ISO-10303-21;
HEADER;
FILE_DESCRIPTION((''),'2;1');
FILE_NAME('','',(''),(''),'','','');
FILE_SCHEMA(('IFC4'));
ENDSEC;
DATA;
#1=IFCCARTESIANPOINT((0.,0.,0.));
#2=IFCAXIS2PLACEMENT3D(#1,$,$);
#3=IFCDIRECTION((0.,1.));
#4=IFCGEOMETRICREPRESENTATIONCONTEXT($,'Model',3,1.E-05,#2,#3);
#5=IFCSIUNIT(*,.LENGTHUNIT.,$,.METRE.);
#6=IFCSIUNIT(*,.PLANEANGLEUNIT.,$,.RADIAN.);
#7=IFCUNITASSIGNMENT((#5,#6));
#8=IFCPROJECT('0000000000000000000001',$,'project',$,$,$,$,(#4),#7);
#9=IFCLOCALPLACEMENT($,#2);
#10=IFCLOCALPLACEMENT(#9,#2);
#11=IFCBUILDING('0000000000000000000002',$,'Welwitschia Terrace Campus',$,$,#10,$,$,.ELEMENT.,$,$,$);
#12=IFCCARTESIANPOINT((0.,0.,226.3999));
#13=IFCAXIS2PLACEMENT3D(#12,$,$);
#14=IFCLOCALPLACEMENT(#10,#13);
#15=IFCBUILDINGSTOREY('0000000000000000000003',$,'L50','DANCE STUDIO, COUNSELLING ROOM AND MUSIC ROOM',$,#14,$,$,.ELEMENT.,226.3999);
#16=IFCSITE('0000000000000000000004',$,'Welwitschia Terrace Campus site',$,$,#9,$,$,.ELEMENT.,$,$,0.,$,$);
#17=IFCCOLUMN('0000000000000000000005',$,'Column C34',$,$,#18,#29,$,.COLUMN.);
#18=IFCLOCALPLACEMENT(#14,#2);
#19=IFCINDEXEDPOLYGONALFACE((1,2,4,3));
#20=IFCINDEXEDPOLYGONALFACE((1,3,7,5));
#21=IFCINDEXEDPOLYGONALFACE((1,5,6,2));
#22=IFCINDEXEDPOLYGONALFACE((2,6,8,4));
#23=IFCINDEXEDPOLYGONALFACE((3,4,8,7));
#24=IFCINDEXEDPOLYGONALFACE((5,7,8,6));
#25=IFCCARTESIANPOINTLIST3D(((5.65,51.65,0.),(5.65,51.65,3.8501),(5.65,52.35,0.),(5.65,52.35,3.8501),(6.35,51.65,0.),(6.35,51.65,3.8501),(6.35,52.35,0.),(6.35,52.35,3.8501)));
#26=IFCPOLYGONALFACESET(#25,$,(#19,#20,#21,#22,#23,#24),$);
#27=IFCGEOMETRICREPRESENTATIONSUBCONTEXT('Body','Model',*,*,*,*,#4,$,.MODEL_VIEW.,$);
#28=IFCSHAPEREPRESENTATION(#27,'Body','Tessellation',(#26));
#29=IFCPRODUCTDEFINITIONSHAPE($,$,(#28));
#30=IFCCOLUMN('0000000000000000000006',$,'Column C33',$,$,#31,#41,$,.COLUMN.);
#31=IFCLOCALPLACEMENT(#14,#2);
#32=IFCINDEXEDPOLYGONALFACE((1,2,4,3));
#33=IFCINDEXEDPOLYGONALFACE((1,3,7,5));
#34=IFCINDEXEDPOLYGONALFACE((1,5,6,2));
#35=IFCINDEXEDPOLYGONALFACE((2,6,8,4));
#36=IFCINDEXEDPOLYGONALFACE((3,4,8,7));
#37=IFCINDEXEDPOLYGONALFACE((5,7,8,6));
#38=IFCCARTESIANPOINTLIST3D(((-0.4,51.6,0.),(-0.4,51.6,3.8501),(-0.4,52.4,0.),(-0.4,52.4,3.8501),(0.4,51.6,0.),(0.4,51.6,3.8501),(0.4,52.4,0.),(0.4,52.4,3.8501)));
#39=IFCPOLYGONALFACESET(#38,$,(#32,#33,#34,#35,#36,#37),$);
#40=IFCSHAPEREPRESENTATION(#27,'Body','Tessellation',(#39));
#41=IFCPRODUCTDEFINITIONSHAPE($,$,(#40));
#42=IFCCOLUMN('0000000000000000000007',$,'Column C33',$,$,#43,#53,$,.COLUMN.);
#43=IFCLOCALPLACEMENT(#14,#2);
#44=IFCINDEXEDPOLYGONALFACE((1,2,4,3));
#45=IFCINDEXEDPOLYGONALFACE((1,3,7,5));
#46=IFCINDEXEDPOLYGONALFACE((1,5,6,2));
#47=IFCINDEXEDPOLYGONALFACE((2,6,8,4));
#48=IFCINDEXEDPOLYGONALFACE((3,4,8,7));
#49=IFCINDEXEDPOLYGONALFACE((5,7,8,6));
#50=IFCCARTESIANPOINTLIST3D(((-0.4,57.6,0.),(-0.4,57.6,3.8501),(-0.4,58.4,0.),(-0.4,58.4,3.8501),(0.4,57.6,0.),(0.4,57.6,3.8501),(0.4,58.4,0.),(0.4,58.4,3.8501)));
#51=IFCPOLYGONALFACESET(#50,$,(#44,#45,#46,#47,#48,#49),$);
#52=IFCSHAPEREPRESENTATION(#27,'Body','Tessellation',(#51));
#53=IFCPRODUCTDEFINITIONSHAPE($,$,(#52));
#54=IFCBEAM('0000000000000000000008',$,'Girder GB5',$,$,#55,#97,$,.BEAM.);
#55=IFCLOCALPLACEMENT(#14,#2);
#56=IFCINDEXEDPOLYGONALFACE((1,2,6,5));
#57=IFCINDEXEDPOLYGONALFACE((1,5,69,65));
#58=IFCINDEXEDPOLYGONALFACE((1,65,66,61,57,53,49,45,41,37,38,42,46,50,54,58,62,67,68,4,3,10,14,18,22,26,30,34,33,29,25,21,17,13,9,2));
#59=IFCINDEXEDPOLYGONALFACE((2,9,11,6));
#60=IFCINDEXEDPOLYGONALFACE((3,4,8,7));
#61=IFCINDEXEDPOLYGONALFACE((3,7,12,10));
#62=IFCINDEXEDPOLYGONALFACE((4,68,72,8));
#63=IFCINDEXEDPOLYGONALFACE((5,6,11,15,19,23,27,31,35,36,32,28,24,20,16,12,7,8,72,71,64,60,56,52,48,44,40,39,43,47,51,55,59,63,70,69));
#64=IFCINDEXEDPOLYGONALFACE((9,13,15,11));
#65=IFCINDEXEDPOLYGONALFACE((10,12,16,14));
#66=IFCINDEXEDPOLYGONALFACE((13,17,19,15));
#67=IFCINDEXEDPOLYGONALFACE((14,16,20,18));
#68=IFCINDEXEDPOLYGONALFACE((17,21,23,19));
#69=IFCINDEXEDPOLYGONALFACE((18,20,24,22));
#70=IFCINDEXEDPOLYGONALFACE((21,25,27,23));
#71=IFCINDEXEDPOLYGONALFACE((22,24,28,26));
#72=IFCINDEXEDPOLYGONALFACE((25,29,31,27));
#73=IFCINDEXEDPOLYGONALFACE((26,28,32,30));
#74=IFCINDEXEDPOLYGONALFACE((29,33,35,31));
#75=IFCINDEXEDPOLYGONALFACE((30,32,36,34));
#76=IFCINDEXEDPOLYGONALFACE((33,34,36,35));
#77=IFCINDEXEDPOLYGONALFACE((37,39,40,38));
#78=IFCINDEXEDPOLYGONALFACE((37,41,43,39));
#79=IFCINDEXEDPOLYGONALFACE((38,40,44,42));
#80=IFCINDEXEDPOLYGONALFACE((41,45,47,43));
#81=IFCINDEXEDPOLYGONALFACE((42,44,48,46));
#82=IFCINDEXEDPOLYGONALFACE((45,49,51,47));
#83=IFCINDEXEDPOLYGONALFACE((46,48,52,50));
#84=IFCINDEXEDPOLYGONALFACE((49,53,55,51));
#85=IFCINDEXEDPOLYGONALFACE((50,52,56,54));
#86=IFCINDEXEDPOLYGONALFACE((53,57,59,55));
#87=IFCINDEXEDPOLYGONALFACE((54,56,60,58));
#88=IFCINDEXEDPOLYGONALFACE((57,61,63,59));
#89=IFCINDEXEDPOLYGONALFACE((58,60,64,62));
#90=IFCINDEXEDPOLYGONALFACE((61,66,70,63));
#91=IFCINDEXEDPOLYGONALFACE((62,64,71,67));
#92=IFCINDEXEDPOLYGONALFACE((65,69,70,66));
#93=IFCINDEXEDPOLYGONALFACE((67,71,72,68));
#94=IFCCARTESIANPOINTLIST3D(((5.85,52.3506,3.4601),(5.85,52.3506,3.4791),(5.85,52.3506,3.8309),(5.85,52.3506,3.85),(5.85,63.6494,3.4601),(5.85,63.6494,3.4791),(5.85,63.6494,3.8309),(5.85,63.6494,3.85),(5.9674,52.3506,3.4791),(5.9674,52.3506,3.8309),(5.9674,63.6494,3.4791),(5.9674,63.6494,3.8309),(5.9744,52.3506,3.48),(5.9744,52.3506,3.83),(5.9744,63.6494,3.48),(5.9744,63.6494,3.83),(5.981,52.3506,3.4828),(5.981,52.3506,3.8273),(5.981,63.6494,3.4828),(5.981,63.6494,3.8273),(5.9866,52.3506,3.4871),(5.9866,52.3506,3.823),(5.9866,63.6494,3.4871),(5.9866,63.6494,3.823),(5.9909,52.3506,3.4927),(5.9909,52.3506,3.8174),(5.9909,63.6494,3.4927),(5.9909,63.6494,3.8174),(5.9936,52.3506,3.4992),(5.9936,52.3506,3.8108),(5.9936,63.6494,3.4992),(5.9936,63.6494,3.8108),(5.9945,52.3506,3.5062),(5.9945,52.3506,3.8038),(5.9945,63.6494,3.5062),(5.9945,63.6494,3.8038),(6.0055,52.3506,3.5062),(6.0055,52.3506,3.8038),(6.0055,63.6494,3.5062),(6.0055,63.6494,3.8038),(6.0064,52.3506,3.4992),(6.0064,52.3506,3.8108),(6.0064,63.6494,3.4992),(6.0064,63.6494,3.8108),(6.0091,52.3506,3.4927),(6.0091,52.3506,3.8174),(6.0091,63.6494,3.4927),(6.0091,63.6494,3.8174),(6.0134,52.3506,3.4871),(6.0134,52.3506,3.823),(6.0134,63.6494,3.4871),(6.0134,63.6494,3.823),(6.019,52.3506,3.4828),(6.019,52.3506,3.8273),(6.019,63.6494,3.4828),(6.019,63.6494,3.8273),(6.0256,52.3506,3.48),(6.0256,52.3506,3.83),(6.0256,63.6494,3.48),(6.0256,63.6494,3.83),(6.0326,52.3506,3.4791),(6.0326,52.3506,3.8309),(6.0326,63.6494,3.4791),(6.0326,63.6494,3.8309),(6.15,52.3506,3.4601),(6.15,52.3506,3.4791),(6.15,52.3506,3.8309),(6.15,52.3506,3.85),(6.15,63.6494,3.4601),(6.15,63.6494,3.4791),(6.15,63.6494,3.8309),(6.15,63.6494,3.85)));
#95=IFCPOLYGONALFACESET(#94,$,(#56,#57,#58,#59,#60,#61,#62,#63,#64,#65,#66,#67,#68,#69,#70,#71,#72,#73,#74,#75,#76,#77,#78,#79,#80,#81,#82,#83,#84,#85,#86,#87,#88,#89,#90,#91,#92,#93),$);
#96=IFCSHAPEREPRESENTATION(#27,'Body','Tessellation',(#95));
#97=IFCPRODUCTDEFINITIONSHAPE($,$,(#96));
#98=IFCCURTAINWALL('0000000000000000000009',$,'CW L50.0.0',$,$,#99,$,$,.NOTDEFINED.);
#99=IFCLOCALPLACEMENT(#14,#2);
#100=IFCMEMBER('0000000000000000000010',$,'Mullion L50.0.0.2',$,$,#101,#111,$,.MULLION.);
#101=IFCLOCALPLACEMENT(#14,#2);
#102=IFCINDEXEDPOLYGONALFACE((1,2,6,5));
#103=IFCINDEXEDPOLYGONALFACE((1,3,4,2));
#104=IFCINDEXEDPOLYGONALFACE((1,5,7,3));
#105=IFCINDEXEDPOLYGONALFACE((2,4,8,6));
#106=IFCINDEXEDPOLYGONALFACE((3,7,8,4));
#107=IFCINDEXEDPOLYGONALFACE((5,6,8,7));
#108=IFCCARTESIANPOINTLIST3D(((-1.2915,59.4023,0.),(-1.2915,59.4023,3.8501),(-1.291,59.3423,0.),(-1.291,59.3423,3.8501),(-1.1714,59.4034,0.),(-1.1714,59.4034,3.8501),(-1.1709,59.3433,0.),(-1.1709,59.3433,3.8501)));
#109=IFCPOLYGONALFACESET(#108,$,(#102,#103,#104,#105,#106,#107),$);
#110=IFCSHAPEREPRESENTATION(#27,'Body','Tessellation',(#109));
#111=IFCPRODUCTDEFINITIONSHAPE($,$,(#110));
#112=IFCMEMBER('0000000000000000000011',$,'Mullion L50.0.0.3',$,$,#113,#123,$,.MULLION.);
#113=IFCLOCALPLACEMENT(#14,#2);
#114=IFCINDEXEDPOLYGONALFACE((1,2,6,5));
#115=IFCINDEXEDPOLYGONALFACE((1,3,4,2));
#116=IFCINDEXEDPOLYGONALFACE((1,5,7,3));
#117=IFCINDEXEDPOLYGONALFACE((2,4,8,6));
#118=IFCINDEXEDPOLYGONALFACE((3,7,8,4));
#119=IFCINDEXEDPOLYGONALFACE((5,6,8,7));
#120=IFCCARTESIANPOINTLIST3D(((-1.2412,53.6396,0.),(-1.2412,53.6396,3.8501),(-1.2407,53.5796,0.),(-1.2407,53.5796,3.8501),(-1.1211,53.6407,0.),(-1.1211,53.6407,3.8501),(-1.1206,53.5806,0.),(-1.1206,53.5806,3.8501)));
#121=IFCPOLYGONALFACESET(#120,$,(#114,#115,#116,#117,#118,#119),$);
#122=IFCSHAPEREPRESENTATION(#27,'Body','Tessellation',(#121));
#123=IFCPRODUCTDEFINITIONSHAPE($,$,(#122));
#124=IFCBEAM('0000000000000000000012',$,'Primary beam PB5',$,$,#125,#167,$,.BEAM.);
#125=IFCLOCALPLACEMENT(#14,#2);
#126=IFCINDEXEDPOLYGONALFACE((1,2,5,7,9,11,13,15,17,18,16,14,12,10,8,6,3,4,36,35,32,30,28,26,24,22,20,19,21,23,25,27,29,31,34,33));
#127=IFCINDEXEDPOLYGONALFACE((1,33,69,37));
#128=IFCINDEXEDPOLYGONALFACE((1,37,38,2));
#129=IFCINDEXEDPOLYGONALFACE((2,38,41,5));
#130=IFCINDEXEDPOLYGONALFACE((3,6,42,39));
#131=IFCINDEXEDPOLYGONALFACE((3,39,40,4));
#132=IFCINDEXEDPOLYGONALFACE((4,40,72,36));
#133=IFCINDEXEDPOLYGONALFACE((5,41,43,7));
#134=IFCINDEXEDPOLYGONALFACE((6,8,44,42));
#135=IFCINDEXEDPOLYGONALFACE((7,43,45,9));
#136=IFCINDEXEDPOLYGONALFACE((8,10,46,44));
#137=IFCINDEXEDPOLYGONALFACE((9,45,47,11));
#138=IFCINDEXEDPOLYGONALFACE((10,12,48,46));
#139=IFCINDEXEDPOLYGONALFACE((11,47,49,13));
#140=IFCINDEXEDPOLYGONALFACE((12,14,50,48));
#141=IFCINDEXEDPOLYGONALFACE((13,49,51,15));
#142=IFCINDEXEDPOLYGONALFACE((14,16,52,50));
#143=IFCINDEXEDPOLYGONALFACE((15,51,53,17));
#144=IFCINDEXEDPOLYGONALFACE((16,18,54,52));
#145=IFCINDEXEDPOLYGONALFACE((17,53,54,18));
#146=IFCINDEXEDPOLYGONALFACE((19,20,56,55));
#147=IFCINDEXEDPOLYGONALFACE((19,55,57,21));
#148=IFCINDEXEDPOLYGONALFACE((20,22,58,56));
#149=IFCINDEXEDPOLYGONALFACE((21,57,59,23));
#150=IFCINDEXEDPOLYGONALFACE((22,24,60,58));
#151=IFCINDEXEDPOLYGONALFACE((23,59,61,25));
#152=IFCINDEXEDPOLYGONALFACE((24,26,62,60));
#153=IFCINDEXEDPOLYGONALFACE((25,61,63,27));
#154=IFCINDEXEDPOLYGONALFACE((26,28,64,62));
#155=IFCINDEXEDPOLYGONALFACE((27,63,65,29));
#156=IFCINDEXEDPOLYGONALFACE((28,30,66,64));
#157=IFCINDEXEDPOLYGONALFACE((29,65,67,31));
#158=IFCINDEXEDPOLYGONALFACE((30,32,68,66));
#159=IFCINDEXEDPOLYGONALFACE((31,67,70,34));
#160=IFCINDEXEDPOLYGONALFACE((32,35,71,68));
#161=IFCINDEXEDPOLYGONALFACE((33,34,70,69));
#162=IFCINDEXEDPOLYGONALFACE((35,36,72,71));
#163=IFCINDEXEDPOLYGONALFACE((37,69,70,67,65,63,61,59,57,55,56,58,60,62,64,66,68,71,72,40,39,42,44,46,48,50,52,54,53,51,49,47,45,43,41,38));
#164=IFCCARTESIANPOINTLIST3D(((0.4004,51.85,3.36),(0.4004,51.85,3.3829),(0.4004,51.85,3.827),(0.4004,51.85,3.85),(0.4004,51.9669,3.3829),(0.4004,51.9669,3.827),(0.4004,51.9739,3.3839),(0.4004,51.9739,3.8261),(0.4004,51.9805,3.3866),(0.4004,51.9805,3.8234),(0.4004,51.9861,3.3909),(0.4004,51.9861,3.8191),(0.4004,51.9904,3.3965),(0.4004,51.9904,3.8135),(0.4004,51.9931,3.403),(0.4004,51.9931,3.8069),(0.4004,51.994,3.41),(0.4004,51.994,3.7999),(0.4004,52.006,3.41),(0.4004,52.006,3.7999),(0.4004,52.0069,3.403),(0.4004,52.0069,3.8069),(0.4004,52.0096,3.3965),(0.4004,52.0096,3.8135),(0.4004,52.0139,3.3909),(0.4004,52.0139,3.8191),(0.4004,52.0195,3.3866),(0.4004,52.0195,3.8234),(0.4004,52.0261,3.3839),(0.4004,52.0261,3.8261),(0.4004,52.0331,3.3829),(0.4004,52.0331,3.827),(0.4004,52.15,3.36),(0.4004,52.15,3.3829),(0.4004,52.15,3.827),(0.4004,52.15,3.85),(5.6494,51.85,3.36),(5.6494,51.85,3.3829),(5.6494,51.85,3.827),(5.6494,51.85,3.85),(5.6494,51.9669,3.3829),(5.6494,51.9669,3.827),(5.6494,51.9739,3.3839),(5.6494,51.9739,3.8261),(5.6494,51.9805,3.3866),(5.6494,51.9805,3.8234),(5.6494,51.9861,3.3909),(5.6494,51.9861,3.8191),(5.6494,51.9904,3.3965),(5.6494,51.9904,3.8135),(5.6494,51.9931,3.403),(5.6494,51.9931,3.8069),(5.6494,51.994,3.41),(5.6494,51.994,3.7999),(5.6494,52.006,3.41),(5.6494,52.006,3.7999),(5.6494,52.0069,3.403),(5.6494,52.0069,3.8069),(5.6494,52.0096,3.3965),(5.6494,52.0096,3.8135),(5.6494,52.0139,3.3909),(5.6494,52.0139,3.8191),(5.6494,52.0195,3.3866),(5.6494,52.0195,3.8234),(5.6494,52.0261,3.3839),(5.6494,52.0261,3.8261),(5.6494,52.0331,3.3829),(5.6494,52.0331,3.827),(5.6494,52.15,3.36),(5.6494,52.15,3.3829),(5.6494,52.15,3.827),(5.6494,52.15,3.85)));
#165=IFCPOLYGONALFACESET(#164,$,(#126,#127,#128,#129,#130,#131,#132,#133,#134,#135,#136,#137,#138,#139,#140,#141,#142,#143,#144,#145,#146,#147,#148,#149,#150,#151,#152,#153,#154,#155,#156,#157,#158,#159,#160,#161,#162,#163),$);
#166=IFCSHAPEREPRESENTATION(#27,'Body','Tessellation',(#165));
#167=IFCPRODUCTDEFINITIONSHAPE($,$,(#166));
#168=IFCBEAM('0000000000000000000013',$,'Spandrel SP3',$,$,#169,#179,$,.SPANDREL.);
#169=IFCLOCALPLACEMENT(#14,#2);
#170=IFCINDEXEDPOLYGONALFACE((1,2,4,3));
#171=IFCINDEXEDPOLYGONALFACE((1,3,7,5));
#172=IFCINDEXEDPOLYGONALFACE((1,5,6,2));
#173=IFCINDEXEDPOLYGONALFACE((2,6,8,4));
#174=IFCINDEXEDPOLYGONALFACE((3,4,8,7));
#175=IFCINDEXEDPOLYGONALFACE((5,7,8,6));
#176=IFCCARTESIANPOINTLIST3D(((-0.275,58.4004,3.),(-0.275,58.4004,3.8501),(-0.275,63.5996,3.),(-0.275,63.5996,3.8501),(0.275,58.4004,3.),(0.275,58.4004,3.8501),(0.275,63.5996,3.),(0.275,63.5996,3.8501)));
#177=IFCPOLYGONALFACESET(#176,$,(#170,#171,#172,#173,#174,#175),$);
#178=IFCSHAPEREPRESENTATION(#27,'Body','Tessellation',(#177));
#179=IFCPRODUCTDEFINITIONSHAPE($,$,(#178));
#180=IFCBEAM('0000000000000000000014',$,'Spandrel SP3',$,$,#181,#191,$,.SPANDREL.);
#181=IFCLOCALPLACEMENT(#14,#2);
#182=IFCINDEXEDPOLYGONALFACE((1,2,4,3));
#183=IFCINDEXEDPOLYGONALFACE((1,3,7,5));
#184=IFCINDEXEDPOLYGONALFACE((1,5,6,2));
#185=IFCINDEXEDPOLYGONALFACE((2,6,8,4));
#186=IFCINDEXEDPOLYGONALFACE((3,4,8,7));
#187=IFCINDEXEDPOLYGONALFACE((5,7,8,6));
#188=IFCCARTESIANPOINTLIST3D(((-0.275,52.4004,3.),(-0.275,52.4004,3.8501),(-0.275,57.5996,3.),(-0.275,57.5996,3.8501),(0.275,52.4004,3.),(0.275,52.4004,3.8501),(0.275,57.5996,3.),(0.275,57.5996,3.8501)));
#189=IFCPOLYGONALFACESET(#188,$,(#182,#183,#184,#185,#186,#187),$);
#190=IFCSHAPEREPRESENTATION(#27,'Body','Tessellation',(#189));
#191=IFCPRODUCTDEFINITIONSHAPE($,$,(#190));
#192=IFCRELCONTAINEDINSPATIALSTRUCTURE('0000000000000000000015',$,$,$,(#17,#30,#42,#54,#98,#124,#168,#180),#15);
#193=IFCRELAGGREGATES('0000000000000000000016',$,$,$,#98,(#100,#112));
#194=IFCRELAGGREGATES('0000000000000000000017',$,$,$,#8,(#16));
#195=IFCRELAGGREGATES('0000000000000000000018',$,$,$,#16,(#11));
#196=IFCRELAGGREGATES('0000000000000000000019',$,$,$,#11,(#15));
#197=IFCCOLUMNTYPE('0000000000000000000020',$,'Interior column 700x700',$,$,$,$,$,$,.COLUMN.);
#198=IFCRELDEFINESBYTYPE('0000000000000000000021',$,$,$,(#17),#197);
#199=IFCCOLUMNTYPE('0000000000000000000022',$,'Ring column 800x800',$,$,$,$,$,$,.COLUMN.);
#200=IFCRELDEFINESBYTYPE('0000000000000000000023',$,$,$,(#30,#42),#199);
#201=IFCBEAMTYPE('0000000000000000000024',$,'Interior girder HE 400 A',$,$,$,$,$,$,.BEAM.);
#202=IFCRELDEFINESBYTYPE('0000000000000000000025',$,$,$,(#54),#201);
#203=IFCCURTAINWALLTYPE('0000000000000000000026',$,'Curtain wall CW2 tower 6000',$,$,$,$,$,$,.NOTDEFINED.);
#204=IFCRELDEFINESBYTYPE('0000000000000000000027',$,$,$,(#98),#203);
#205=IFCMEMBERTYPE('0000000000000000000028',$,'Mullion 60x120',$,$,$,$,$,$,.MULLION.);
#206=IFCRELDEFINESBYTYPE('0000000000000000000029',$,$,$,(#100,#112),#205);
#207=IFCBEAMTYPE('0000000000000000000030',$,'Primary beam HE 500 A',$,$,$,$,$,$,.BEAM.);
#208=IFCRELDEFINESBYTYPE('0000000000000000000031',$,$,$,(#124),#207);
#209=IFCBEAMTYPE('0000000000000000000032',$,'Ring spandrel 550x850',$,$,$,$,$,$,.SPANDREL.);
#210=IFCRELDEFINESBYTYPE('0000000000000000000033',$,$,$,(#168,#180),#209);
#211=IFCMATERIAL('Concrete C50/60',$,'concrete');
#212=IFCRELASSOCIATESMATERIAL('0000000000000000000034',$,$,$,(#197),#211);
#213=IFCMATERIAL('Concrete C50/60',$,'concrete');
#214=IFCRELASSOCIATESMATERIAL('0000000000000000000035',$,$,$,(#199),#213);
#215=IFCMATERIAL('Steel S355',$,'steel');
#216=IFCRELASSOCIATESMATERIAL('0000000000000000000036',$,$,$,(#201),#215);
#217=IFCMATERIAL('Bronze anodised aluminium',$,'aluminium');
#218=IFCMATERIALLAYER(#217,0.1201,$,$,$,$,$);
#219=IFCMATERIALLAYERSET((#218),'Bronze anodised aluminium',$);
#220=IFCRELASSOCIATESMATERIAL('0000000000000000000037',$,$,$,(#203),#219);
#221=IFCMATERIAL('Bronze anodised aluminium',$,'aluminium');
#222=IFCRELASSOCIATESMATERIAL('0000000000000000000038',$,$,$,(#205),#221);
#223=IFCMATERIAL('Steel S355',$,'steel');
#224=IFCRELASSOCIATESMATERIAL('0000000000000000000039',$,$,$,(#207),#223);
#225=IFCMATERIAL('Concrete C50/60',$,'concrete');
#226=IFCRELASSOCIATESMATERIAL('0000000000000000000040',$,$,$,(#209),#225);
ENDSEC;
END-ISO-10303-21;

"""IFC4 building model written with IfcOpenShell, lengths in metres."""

from ifc_helpers import new_model, si_unit, direction, frame, origin, origin_2d, place, context, subcontext, project, spatial, rectangle, i_section, extrude, material, layer, layer_set, material_profile, profile_set, type_object, element, aggregate, save


model = new_model("IFC4")

# Units and contexts
model_context = context("Model", 3, precision=1e-05, world=origin(), true_north=direction((0.0, 1.0)))
body_context = subcontext(model_context, "Body", "Model", "MODEL_VIEW")
ifc_project = project(units=[si_unit("LENGTHUNIT", "METRE"), si_unit("PLANEANGLEUNIT", "RADIAN")], contexts=[model_context])

# Site, building, storey
site_placement = place(None, origin())
site = spatial("IfcSite", under=ifc_project, at=site_placement, Name="Welwitschia Terrace Campus site", CompositionType="ELEMENT", RefElevation=0.0)
building_placement = place(site_placement, origin())
building = spatial("IfcBuilding", under=site, at=building_placement, Name="Welwitschia Terrace Campus", CompositionType="ELEMENT")
storey_placement = place(building_placement, frame((0.0, 0.0, 226.3999)))
storey = spatial("IfcBuildingStorey", under=building, at=storey_placement, Name="L50", Description="DANCE STUDIO, COUNSELLING ROOM AND MUSIC ROOM", CompositionType="ELEMENT", Elevation=226.3999)

# Columns
ifc_material_1 = material(Name="Concrete C50/60", Category="concrete")
ifc_material_profile_1 = material_profile(ifc_material_1, rectangle(XDim=0.7, YDim=0.7, at=origin_2d()))
ifc_profile_set_1 = profile_set([ifc_material_profile_1], Name="Concrete C50/60")
column_type_1 = type_object("IfcColumnType", Name="Interior column 700x700", PredefinedType="COLUMN", material=ifc_profile_set_1)
column_placement = place(storey_placement, frame((6.0, 52.0, 0.0), z_axis=(0.0, 0.0, 1.0), x_axis=(1.0, 0.0, 0.0)))
element("IfcColumn", 1, at=column_placement, inside=storey, type_object=column_type_1, Name="Column C34", PredefinedType="COLUMN", context=body_context, shape_type="SweptSolid", body=[
    extrude(rectangle(XDim=0.7, YDim=0.7, at=origin_2d()), origin(), (0.0, 0.0, 1.0), 3.8501),
])
ifc_material_2 = material(Name="Concrete C50/60", Category="concrete")
ifc_material_profile_2 = material_profile(ifc_material_2, rectangle(XDim=0.8, YDim=0.8, at=origin_2d()))
ifc_profile_set_2 = profile_set([ifc_material_profile_2], Name="Concrete C50/60")
column_type_2 = type_object("IfcColumnType", Name="Ring column 800x800", PredefinedType="COLUMN", material=ifc_profile_set_2)
for number, where, z_axis, x_axis, name in (
    (2, (0.0, 52.0, 0.0), (0.0, 0.0, 1.0), (1.0, 0.0, 0.0), "Column C33"),
    (3, (0.0, 58.0, 0.0), (0.0, 0.0, 1.0), (1.0, 0.0, 0.0), "Column C33"),
):
    element("IfcColumn", number, at=place(storey_placement, frame(where, z_axis=z_axis, x_axis=x_axis)), inside=storey, type_object=column_type_2, Name=name, PredefinedType="COLUMN", context=body_context, shape_type="SweptSolid", body=[
        extrude(rectangle(XDim=0.8, YDim=0.8, at=origin_2d()), origin(), (0.0, 0.0, 1.0), 3.8501),
    ])

# Beam
ifc_material_3 = material(Name="Steel S355", Category="steel")
ifc_material_profile_3 = material_profile(ifc_material_3, i_section(OverallWidth=0.3, OverallDepth=0.3899, WebThickness=0.011, FlangeThickness=0.019, FilletRadius=0.0271, at=origin_2d()))
ifc_profile_set_3 = profile_set([ifc_material_profile_3], Name="Steel S355")
beam_type_1 = type_object("IfcBeamType", Name="Interior girder HE 400 A", PredefinedType="BEAM", material=ifc_profile_set_3)
beam_1_placement = place(storey_placement, frame((6.0, 52.3506, 3.655), z_axis=(0.0, 1.0, 0.0), x_axis=(-1.0, 0.0, 0.0)))
element("IfcBeam", 4, at=beam_1_placement, inside=storey, type_object=beam_type_1, Name="Girder GB5", PredefinedType="BEAM", context=body_context, shape_type="SweptSolid", body=[
    extrude(i_section(OverallWidth=0.3, OverallDepth=0.3899, WebThickness=0.011, FlangeThickness=0.019, FilletRadius=0.0271, at=origin_2d()), origin(), (0.0, 0.0, 1.0), 11.2988),
])

# Curtain wall, members
ifc_material_4 = material(Name="Bronze anodised aluminium", Category="aluminium")
ifc_layer_1 = layer(ifc_material_4, 0.1201)
ifc_layer_set_1 = layer_set([ifc_layer_1], Name="Bronze anodised aluminium")
curtain_wall_type = type_object("IfcCurtainWallType", Name="Curtain wall CW2 tower 6000", PredefinedType="NOTDEFINED", material=ifc_layer_set_1)
curtain_wall_placement = place(storey_placement, origin())
curtain_wall = element("IfcCurtainWall", 5, at=curtain_wall_placement, inside=storey, type_object=curtain_wall_type, Name="CW L50.0.0", PredefinedType="NOTDEFINED")
ifc_material_5 = material(Name="Bronze anodised aluminium", Category="aluminium")
ifc_material_profile_4 = material_profile(ifc_material_5, rectangle(XDim=0.1201, YDim=0.0601, at=origin_2d()))
ifc_profile_set_4 = profile_set([ifc_material_profile_4], Name="Bronze anodised aluminium")
member_type = type_object("IfcMemberType", Name="Mullion 60x120", PredefinedType="MULLION", material=ifc_profile_set_4)
member_1_placement = place(storey_placement, frame((-1.2312, 59.3728, 0.0), z_axis=(0.0, 0.0, 1.0), x_axis=(0.999962, 0.008727, 0.0)))
member_1 = element("IfcMember", 6, at=member_1_placement, type_object=member_type, Name="Mullion L50.0.0.2", PredefinedType="MULLION", context=body_context, shape_type="SweptSolid", body=[
    extrude(rectangle(XDim=0.1201, YDim=0.0601, at=origin_2d()), origin(), (0.0, 0.0, 1.0), 3.8501),
])
member_2_placement = place(storey_placement, frame((-1.1809, 53.6101, 0.0), z_axis=(0.0, 0.0, 1.0), x_axis=(0.999962, 0.008727, 0.0)))
member_2 = element("IfcMember", 7, at=member_2_placement, type_object=member_type, Name="Mullion L50.0.0.3", PredefinedType="MULLION", context=body_context, shape_type="SweptSolid", body=[
    extrude(rectangle(XDim=0.1201, YDim=0.0601, at=origin_2d()), origin(), (0.0, 0.0, 1.0), 3.8501),
])

# Beams
ifc_material_6 = material(Name="Steel S355", Category="steel")
ifc_material_profile_5 = material_profile(ifc_material_6, i_section(OverallWidth=0.3, OverallDepth=0.49, WebThickness=0.012, FlangeThickness=0.0229, FilletRadius=0.0271, at=origin_2d()))
ifc_profile_set_5 = profile_set([ifc_material_profile_5], Name="Steel S355")
beam_type_2 = type_object("IfcBeamType", Name="Primary beam HE 500 A", PredefinedType="BEAM", material=ifc_profile_set_5)
beam_2_placement = place(storey_placement, frame((0.4004, 52.0, 3.605), z_axis=(1.0, 0.0, 0.0), x_axis=(0.0, 1.0, 0.0)))
element("IfcBeam", 8, at=beam_2_placement, inside=storey, type_object=beam_type_2, Name="Primary beam PB5", PredefinedType="BEAM", context=body_context, shape_type="SweptSolid", body=[
    extrude(i_section(OverallWidth=0.3, OverallDepth=0.49, WebThickness=0.012, FlangeThickness=0.0229, FilletRadius=0.0271, at=origin_2d()), origin(), (0.0, 0.0, 1.0), 5.249),
])
ifc_material_7 = material(Name="Concrete C50/60", Category="concrete")
ifc_material_profile_6 = material_profile(ifc_material_7, rectangle(XDim=0.55, YDim=0.8501, at=origin_2d()))
ifc_profile_set_6 = profile_set([ifc_material_profile_6], Name="Concrete C50/60")
beam_type_3 = type_object("IfcBeamType", Name="Ring spandrel 550x850", PredefinedType="SPANDREL", material=ifc_profile_set_6)
for number, where, z_axis, x_axis, name in (
    (9, (0.0, 63.5996, 3.425), (0.0, -1.0, 0.0), (1.0, 0.0, 0.0), "Spandrel SP3"),
    (10, (0.0, 57.5996, 3.425), (0.0, -1.0, 0.0), (1.0, 0.0, 0.0), "Spandrel SP3"),
):
    element("IfcBeam", number, at=place(storey_placement, frame(where, z_axis=z_axis, x_axis=x_axis)), inside=storey, type_object=beam_type_3, Name=name, PredefinedType="SPANDREL", context=body_context, shape_type="SweptSolid", body=[
        extrude(rectangle(XDim=0.55, YDim=0.8501, at=origin_2d()), origin(), (0.0, 0.0, 1.0), 5.1992),
    ])

aggregate(curtain_wall, [member_1, member_2])

save(model, "model.ifc")
